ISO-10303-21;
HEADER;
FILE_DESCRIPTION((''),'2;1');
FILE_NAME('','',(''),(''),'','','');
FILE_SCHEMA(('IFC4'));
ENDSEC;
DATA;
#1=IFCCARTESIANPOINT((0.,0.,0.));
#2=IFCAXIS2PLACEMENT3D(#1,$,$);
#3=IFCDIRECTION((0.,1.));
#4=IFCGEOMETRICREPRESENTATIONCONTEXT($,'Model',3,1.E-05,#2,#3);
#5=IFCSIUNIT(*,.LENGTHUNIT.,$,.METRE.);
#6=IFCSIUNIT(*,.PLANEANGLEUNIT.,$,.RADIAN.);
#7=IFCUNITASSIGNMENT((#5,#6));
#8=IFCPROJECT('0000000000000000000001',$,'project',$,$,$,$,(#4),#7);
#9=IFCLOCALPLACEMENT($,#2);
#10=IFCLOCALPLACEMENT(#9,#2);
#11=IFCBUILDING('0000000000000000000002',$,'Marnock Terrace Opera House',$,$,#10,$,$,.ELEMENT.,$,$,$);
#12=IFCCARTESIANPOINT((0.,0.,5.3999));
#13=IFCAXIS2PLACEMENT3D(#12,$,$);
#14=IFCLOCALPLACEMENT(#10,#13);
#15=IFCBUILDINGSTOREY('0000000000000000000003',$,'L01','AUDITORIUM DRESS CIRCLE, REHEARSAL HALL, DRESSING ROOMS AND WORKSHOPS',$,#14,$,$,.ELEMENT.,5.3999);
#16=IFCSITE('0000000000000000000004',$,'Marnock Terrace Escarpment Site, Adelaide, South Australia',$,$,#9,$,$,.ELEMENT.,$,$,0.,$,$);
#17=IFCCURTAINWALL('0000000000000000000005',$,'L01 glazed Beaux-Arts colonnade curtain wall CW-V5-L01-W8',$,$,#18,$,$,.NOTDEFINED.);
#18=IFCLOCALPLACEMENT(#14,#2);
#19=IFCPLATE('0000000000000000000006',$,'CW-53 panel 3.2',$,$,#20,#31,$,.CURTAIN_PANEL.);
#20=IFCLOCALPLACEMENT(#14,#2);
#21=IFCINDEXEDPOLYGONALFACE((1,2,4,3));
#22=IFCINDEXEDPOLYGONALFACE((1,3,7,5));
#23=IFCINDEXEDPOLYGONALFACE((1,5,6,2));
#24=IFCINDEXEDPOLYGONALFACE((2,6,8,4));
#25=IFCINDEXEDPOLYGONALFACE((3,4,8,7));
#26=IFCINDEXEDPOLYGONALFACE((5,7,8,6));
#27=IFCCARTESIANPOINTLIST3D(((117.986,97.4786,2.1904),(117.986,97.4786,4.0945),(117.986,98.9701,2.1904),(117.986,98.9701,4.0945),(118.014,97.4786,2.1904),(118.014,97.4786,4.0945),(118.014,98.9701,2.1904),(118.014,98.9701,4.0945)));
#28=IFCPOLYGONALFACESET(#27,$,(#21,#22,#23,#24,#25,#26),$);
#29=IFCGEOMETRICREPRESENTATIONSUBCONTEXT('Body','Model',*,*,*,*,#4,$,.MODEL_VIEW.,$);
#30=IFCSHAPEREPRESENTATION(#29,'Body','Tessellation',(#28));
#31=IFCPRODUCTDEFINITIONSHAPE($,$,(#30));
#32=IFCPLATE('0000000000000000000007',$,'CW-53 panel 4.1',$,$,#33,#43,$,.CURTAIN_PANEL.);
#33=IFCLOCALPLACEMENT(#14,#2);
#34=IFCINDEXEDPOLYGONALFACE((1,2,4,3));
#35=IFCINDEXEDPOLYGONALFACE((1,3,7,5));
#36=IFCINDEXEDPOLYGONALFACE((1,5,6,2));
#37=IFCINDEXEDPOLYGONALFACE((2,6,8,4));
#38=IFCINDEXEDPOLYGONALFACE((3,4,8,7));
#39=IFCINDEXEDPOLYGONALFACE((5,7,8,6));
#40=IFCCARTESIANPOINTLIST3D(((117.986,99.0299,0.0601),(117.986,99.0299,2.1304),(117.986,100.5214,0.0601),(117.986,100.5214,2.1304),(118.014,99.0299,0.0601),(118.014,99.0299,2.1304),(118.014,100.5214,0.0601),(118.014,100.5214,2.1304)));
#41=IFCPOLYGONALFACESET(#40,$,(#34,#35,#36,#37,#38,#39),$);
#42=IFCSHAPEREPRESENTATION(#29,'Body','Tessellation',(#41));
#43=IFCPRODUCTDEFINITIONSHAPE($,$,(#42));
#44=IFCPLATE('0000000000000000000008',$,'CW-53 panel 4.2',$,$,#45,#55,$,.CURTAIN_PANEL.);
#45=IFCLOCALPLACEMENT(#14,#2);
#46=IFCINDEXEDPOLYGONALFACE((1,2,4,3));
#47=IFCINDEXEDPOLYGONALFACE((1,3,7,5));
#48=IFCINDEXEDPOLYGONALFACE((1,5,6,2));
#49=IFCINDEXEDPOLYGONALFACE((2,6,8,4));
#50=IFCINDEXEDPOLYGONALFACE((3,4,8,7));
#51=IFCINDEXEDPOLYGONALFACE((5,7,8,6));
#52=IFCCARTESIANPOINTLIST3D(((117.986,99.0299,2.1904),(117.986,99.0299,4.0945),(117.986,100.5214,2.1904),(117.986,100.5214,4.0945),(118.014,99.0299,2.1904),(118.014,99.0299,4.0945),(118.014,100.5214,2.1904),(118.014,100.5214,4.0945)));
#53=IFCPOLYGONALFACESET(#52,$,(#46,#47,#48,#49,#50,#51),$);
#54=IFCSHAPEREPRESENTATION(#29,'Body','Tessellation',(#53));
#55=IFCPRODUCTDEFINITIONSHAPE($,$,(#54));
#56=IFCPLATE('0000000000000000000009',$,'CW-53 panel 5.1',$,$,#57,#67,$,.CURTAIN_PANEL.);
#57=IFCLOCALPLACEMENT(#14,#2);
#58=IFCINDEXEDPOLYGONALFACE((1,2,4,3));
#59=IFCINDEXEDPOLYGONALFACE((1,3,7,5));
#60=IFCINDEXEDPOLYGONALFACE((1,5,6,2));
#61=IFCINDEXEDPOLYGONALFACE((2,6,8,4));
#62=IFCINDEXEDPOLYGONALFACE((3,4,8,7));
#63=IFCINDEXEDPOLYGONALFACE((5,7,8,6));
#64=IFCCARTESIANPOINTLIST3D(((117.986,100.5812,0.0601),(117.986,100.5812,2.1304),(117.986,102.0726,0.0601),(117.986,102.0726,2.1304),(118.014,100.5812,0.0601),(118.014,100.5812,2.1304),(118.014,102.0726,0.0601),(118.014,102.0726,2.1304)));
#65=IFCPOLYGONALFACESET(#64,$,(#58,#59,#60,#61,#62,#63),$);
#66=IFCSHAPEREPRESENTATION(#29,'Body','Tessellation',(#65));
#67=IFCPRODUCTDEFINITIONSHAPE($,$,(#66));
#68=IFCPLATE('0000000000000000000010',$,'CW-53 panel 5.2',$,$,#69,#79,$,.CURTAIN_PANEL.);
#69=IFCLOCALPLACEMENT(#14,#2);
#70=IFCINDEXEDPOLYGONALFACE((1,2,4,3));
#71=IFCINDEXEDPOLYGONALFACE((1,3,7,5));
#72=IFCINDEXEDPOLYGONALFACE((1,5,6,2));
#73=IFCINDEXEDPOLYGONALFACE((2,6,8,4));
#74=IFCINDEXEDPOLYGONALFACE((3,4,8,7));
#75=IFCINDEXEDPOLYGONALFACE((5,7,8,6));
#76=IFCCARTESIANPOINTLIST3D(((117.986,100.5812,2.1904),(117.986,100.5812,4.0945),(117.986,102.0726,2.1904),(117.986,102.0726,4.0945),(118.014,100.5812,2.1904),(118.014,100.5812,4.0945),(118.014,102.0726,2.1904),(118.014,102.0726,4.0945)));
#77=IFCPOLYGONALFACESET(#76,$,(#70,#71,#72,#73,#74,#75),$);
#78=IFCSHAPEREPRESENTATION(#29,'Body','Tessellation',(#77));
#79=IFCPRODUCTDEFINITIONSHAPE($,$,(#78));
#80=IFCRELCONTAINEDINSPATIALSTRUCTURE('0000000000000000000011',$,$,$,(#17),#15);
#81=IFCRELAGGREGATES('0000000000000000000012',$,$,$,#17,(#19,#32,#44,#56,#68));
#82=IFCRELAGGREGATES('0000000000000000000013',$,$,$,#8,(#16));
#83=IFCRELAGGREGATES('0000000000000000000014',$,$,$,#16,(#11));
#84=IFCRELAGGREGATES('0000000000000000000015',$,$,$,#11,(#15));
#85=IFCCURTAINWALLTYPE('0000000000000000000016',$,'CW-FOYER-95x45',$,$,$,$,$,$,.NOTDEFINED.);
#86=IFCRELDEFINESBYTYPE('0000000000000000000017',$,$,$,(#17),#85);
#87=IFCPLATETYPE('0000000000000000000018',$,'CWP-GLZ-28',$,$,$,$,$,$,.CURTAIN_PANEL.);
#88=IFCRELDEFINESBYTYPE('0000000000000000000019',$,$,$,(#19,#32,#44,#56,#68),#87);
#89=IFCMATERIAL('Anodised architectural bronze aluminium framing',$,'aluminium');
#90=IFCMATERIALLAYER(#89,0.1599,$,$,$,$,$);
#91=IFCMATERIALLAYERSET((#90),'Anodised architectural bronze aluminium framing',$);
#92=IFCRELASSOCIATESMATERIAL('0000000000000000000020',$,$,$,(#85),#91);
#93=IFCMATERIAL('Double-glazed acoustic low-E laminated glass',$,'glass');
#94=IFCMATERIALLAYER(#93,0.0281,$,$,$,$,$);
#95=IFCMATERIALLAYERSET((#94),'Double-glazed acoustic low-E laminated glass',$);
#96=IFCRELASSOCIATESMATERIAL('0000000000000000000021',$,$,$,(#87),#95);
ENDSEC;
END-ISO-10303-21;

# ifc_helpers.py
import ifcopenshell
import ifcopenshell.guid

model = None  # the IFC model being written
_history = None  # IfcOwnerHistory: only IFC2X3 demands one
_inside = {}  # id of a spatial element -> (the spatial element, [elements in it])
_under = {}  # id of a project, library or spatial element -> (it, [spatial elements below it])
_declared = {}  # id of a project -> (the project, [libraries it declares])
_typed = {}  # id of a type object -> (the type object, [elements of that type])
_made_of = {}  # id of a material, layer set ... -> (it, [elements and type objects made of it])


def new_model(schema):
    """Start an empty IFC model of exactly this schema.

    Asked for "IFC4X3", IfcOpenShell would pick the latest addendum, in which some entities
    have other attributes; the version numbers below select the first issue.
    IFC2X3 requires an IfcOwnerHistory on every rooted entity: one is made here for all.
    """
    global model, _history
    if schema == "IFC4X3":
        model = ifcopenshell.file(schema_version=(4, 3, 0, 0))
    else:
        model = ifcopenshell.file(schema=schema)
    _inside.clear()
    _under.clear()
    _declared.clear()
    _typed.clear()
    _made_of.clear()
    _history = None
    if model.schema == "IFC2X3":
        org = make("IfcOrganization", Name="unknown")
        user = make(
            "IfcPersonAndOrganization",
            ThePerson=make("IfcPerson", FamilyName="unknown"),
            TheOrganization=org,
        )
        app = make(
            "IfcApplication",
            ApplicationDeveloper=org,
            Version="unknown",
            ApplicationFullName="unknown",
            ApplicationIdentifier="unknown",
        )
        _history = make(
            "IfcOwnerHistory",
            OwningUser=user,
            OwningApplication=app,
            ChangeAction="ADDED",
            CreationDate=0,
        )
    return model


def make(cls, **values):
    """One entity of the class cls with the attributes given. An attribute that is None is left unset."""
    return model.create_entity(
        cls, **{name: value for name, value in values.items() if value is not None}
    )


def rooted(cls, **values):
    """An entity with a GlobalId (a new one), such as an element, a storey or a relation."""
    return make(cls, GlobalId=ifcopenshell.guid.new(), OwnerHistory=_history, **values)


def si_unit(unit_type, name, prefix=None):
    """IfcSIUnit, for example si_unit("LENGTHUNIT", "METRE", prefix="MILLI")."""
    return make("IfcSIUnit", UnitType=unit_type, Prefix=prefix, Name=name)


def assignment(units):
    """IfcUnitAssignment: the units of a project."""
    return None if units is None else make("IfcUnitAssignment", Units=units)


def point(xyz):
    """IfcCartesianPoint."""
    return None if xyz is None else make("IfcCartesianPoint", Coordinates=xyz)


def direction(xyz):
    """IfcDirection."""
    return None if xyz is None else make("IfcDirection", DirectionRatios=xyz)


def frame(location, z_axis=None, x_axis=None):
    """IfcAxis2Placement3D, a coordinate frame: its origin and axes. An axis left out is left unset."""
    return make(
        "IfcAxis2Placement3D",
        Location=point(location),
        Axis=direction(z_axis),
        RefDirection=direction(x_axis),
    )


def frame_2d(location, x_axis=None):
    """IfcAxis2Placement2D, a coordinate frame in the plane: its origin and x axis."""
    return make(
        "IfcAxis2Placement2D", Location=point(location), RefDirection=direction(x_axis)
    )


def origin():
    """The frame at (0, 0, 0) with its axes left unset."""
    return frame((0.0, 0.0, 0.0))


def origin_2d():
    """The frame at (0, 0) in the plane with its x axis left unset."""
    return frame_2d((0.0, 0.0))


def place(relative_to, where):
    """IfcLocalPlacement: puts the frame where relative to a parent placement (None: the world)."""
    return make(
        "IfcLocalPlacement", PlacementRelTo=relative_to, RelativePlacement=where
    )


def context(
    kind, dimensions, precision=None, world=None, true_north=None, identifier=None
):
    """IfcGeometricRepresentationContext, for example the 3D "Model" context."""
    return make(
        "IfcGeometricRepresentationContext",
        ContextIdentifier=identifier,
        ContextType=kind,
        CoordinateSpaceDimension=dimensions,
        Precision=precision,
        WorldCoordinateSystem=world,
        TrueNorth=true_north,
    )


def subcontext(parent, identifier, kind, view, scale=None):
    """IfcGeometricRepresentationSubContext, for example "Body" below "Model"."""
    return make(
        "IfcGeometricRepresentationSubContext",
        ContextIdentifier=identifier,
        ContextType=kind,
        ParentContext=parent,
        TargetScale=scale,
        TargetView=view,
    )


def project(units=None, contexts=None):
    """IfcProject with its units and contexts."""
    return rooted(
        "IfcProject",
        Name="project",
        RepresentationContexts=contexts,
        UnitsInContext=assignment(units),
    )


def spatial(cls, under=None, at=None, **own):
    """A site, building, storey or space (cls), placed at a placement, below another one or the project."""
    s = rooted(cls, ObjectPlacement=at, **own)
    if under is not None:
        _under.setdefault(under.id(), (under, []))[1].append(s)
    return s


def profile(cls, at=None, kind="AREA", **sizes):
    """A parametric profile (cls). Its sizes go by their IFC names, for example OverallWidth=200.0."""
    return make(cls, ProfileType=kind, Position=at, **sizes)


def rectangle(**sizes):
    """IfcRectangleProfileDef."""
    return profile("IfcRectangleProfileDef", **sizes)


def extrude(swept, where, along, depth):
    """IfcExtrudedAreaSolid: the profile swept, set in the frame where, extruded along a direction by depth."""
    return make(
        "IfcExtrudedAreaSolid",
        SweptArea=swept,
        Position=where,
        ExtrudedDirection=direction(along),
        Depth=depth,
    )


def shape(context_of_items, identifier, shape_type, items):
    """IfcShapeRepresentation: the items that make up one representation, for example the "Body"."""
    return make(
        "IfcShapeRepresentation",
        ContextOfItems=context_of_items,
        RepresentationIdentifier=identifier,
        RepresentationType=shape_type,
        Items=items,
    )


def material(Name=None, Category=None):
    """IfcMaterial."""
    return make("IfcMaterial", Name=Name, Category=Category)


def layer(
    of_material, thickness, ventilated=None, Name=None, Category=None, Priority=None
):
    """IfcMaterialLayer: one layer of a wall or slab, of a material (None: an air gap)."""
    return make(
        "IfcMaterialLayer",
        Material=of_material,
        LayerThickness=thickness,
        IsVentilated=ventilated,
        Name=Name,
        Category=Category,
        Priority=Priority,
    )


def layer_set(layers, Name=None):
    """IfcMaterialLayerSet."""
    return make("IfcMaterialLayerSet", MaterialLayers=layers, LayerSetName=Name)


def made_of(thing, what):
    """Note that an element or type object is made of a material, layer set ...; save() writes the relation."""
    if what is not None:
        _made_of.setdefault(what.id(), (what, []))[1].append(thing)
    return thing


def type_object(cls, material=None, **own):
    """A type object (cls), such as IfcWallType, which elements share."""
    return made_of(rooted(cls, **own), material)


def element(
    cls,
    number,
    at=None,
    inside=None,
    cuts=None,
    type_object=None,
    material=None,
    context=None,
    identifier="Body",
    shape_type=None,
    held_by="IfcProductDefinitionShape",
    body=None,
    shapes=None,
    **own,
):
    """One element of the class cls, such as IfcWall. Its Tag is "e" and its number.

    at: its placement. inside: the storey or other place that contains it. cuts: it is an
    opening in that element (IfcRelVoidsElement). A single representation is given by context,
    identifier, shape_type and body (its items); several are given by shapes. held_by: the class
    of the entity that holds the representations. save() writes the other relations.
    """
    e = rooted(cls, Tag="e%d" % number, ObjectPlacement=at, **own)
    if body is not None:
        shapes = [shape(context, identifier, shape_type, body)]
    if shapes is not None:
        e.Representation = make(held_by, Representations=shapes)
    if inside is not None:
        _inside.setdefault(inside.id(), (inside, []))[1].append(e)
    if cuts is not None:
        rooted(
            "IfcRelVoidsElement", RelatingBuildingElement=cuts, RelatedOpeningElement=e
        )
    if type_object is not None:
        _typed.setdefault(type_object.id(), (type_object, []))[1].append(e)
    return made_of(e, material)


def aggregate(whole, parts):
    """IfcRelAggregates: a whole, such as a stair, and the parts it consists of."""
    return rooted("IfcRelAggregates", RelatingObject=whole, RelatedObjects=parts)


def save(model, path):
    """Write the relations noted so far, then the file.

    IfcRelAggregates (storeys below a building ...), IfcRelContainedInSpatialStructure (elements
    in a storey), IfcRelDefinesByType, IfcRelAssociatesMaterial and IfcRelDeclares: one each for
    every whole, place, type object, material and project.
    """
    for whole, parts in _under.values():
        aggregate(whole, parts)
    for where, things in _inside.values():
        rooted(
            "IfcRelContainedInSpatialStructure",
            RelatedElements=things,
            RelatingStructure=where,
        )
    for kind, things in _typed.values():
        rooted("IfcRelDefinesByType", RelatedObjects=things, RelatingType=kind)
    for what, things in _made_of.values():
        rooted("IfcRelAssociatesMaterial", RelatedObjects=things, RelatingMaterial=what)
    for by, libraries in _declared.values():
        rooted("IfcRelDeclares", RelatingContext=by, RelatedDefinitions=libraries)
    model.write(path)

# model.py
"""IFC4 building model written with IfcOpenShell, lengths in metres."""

from ifc_helpers import new_model, si_unit, direction, frame, origin, origin_2d, place, context, subcontext, project, spatial, rectangle, extrude, material, layer, layer_set, type_object, element, aggregate, save


model = new_model("IFC4")

# Units and contexts
model_context = context("Model", 3, precision=1e-05, world=origin(), true_north=direction((0.0, 1.0)))
body_context = subcontext(model_context, "Body", "Model", "MODEL_VIEW")
ifc_project = project(units=[si_unit("LENGTHUNIT", "METRE"), si_unit("PLANEANGLEUNIT", "RADIAN")], contexts=[model_context])

# Site, building, storey
site_placement = place(None, origin())
site = spatial("IfcSite", under=ifc_project, at=site_placement, Name="Marnock Terrace Escarpment Site, Adelaide, South Australia", CompositionType="ELEMENT", RefElevation=0.0)
building_placement = place(site_placement, origin())
building = spatial("IfcBuilding", under=site, at=building_placement, Name="Marnock Terrace Opera House", CompositionType="ELEMENT")
storey_placement = place(building_placement, frame((0.0, 0.0, 5.3999)))
storey = spatial("IfcBuildingStorey", under=building, at=storey_placement, Name="L01", Description="AUDITORIUM DRESS CIRCLE, REHEARSAL HALL, DRESSING ROOMS AND WORKSHOPS", CompositionType="ELEMENT", Elevation=5.3999)

# Curtain wall, plates
ifc_material_1 = material(Name="Anodised architectural bronze aluminium framing", Category="aluminium")
ifc_layer_1 = layer(ifc_material_1, 0.1599)
ifc_layer_set_1 = layer_set([ifc_layer_1], Name="Anodised architectural bronze aluminium framing")
curtain_wall_type = type_object("IfcCurtainWallType", Name="CW-FOYER-95x45", PredefinedType="NOTDEFINED", material=ifc_layer_set_1)
curtain_wall_placement = place(storey_placement, origin())
curtain_wall = element("IfcCurtainWall", 1, at=curtain_wall_placement, inside=storey, type_object=curtain_wall_type, Name="L01 glazed Beaux-Arts colonnade curtain wall CW-V5-L01-W8", PredefinedType="NOTDEFINED")
ifc_material_2 = material(Name="Double-glazed acoustic low-E laminated glass", Category="glass")
ifc_layer_2 = layer(ifc_material_2, 0.0281)
ifc_layer_set_2 = layer_set([ifc_layer_2], Name="Double-glazed acoustic low-E laminated glass")
plate_type = type_object("IfcPlateType", Name="CWP-GLZ-28", PredefinedType="CURTAIN_PANEL", material=ifc_layer_set_2)
plate_1_placement = place(storey_placement, frame((118.0, 98.2244, 2.1904), z_axis=(0.0, 0.0, 1.0), x_axis=(0.0, 1.0, 0.0)))
plate_1 = element("IfcPlate", 2, at=plate_1_placement, type_object=plate_type, Name="CW-53 panel 3.2", PredefinedType="CURTAIN_PANEL", context=body_context, shape_type="SweptSolid", body=[
    extrude(rectangle(XDim=1.4915, YDim=0.0281, at=origin_2d()), origin(), (0.0, 0.0, 1.0), 1.9041),
])
plate_2_placement = place(storey_placement, frame((118.0, 99.7756, 0.0601), z_axis=(0.0, 0.0, 1.0), x_axis=(0.0, 1.0, 0.0)))
plate_2 = element("IfcPlate", 3, at=plate_2_placement, type_object=plate_type, Name="CW-53 panel 4.1", PredefinedType="CURTAIN_PANEL", context=body_context, shape_type="SweptSolid", body=[
    extrude(rectangle(XDim=1.4915, YDim=0.0281, at=origin_2d()), origin(), (0.0, 0.0, 1.0), 2.0703),
])
plate_3_placement = place(storey_placement, frame((118.0, 99.7756, 2.1904), z_axis=(0.0, 0.0, 1.0), x_axis=(0.0, 1.0, 0.0)))
plate_3 = element("IfcPlate", 4, at=plate_3_placement, type_object=plate_type, Name="CW-53 panel 4.2", PredefinedType="CURTAIN_PANEL", context=body_context, shape_type="SweptSolid", body=[
    extrude(rectangle(XDim=1.4915, YDim=0.0281, at=origin_2d()), origin(), (0.0, 0.0, 1.0), 1.9041),
])
plate_4_placement = place(storey_placement, frame((118.0, 101.3269, 0.0601), z_axis=(0.0, 0.0, 1.0), x_axis=(0.0, 1.0, 0.0)))
plate_4 = element("IfcPlate", 5, at=plate_4_placement, type_object=plate_type, Name="CW-53 panel 5.1", PredefinedType="CURTAIN_PANEL", context=body_context, shape_type="SweptSolid", body=[
    extrude(rectangle(XDim=1.4915, YDim=0.0281, at=origin_2d()), origin(), (0.0, 0.0, 1.0), 2.0703),
])
plate_5_placement = place(storey_placement, frame((118.0, 101.3269, 2.1904), z_axis=(0.0, 0.0, 1.0), x_axis=(0.0, 1.0, 0.0)))
plate_5 = element("IfcPlate", 6, at=plate_5_placement, type_object=plate_type, Name="CW-53 panel 5.2", PredefinedType="CURTAIN_PANEL", context=body_context, shape_type="SweptSolid", body=[
    extrude(rectangle(XDim=1.4915, YDim=0.0281, at=origin_2d()), origin(), (0.0, 0.0, 1.0), 1.9041),
])
aggregate(curtain_wall, [plate_1, plate_2, plate_3, plate_4, plate_5])

save(model, "model.ifc")
